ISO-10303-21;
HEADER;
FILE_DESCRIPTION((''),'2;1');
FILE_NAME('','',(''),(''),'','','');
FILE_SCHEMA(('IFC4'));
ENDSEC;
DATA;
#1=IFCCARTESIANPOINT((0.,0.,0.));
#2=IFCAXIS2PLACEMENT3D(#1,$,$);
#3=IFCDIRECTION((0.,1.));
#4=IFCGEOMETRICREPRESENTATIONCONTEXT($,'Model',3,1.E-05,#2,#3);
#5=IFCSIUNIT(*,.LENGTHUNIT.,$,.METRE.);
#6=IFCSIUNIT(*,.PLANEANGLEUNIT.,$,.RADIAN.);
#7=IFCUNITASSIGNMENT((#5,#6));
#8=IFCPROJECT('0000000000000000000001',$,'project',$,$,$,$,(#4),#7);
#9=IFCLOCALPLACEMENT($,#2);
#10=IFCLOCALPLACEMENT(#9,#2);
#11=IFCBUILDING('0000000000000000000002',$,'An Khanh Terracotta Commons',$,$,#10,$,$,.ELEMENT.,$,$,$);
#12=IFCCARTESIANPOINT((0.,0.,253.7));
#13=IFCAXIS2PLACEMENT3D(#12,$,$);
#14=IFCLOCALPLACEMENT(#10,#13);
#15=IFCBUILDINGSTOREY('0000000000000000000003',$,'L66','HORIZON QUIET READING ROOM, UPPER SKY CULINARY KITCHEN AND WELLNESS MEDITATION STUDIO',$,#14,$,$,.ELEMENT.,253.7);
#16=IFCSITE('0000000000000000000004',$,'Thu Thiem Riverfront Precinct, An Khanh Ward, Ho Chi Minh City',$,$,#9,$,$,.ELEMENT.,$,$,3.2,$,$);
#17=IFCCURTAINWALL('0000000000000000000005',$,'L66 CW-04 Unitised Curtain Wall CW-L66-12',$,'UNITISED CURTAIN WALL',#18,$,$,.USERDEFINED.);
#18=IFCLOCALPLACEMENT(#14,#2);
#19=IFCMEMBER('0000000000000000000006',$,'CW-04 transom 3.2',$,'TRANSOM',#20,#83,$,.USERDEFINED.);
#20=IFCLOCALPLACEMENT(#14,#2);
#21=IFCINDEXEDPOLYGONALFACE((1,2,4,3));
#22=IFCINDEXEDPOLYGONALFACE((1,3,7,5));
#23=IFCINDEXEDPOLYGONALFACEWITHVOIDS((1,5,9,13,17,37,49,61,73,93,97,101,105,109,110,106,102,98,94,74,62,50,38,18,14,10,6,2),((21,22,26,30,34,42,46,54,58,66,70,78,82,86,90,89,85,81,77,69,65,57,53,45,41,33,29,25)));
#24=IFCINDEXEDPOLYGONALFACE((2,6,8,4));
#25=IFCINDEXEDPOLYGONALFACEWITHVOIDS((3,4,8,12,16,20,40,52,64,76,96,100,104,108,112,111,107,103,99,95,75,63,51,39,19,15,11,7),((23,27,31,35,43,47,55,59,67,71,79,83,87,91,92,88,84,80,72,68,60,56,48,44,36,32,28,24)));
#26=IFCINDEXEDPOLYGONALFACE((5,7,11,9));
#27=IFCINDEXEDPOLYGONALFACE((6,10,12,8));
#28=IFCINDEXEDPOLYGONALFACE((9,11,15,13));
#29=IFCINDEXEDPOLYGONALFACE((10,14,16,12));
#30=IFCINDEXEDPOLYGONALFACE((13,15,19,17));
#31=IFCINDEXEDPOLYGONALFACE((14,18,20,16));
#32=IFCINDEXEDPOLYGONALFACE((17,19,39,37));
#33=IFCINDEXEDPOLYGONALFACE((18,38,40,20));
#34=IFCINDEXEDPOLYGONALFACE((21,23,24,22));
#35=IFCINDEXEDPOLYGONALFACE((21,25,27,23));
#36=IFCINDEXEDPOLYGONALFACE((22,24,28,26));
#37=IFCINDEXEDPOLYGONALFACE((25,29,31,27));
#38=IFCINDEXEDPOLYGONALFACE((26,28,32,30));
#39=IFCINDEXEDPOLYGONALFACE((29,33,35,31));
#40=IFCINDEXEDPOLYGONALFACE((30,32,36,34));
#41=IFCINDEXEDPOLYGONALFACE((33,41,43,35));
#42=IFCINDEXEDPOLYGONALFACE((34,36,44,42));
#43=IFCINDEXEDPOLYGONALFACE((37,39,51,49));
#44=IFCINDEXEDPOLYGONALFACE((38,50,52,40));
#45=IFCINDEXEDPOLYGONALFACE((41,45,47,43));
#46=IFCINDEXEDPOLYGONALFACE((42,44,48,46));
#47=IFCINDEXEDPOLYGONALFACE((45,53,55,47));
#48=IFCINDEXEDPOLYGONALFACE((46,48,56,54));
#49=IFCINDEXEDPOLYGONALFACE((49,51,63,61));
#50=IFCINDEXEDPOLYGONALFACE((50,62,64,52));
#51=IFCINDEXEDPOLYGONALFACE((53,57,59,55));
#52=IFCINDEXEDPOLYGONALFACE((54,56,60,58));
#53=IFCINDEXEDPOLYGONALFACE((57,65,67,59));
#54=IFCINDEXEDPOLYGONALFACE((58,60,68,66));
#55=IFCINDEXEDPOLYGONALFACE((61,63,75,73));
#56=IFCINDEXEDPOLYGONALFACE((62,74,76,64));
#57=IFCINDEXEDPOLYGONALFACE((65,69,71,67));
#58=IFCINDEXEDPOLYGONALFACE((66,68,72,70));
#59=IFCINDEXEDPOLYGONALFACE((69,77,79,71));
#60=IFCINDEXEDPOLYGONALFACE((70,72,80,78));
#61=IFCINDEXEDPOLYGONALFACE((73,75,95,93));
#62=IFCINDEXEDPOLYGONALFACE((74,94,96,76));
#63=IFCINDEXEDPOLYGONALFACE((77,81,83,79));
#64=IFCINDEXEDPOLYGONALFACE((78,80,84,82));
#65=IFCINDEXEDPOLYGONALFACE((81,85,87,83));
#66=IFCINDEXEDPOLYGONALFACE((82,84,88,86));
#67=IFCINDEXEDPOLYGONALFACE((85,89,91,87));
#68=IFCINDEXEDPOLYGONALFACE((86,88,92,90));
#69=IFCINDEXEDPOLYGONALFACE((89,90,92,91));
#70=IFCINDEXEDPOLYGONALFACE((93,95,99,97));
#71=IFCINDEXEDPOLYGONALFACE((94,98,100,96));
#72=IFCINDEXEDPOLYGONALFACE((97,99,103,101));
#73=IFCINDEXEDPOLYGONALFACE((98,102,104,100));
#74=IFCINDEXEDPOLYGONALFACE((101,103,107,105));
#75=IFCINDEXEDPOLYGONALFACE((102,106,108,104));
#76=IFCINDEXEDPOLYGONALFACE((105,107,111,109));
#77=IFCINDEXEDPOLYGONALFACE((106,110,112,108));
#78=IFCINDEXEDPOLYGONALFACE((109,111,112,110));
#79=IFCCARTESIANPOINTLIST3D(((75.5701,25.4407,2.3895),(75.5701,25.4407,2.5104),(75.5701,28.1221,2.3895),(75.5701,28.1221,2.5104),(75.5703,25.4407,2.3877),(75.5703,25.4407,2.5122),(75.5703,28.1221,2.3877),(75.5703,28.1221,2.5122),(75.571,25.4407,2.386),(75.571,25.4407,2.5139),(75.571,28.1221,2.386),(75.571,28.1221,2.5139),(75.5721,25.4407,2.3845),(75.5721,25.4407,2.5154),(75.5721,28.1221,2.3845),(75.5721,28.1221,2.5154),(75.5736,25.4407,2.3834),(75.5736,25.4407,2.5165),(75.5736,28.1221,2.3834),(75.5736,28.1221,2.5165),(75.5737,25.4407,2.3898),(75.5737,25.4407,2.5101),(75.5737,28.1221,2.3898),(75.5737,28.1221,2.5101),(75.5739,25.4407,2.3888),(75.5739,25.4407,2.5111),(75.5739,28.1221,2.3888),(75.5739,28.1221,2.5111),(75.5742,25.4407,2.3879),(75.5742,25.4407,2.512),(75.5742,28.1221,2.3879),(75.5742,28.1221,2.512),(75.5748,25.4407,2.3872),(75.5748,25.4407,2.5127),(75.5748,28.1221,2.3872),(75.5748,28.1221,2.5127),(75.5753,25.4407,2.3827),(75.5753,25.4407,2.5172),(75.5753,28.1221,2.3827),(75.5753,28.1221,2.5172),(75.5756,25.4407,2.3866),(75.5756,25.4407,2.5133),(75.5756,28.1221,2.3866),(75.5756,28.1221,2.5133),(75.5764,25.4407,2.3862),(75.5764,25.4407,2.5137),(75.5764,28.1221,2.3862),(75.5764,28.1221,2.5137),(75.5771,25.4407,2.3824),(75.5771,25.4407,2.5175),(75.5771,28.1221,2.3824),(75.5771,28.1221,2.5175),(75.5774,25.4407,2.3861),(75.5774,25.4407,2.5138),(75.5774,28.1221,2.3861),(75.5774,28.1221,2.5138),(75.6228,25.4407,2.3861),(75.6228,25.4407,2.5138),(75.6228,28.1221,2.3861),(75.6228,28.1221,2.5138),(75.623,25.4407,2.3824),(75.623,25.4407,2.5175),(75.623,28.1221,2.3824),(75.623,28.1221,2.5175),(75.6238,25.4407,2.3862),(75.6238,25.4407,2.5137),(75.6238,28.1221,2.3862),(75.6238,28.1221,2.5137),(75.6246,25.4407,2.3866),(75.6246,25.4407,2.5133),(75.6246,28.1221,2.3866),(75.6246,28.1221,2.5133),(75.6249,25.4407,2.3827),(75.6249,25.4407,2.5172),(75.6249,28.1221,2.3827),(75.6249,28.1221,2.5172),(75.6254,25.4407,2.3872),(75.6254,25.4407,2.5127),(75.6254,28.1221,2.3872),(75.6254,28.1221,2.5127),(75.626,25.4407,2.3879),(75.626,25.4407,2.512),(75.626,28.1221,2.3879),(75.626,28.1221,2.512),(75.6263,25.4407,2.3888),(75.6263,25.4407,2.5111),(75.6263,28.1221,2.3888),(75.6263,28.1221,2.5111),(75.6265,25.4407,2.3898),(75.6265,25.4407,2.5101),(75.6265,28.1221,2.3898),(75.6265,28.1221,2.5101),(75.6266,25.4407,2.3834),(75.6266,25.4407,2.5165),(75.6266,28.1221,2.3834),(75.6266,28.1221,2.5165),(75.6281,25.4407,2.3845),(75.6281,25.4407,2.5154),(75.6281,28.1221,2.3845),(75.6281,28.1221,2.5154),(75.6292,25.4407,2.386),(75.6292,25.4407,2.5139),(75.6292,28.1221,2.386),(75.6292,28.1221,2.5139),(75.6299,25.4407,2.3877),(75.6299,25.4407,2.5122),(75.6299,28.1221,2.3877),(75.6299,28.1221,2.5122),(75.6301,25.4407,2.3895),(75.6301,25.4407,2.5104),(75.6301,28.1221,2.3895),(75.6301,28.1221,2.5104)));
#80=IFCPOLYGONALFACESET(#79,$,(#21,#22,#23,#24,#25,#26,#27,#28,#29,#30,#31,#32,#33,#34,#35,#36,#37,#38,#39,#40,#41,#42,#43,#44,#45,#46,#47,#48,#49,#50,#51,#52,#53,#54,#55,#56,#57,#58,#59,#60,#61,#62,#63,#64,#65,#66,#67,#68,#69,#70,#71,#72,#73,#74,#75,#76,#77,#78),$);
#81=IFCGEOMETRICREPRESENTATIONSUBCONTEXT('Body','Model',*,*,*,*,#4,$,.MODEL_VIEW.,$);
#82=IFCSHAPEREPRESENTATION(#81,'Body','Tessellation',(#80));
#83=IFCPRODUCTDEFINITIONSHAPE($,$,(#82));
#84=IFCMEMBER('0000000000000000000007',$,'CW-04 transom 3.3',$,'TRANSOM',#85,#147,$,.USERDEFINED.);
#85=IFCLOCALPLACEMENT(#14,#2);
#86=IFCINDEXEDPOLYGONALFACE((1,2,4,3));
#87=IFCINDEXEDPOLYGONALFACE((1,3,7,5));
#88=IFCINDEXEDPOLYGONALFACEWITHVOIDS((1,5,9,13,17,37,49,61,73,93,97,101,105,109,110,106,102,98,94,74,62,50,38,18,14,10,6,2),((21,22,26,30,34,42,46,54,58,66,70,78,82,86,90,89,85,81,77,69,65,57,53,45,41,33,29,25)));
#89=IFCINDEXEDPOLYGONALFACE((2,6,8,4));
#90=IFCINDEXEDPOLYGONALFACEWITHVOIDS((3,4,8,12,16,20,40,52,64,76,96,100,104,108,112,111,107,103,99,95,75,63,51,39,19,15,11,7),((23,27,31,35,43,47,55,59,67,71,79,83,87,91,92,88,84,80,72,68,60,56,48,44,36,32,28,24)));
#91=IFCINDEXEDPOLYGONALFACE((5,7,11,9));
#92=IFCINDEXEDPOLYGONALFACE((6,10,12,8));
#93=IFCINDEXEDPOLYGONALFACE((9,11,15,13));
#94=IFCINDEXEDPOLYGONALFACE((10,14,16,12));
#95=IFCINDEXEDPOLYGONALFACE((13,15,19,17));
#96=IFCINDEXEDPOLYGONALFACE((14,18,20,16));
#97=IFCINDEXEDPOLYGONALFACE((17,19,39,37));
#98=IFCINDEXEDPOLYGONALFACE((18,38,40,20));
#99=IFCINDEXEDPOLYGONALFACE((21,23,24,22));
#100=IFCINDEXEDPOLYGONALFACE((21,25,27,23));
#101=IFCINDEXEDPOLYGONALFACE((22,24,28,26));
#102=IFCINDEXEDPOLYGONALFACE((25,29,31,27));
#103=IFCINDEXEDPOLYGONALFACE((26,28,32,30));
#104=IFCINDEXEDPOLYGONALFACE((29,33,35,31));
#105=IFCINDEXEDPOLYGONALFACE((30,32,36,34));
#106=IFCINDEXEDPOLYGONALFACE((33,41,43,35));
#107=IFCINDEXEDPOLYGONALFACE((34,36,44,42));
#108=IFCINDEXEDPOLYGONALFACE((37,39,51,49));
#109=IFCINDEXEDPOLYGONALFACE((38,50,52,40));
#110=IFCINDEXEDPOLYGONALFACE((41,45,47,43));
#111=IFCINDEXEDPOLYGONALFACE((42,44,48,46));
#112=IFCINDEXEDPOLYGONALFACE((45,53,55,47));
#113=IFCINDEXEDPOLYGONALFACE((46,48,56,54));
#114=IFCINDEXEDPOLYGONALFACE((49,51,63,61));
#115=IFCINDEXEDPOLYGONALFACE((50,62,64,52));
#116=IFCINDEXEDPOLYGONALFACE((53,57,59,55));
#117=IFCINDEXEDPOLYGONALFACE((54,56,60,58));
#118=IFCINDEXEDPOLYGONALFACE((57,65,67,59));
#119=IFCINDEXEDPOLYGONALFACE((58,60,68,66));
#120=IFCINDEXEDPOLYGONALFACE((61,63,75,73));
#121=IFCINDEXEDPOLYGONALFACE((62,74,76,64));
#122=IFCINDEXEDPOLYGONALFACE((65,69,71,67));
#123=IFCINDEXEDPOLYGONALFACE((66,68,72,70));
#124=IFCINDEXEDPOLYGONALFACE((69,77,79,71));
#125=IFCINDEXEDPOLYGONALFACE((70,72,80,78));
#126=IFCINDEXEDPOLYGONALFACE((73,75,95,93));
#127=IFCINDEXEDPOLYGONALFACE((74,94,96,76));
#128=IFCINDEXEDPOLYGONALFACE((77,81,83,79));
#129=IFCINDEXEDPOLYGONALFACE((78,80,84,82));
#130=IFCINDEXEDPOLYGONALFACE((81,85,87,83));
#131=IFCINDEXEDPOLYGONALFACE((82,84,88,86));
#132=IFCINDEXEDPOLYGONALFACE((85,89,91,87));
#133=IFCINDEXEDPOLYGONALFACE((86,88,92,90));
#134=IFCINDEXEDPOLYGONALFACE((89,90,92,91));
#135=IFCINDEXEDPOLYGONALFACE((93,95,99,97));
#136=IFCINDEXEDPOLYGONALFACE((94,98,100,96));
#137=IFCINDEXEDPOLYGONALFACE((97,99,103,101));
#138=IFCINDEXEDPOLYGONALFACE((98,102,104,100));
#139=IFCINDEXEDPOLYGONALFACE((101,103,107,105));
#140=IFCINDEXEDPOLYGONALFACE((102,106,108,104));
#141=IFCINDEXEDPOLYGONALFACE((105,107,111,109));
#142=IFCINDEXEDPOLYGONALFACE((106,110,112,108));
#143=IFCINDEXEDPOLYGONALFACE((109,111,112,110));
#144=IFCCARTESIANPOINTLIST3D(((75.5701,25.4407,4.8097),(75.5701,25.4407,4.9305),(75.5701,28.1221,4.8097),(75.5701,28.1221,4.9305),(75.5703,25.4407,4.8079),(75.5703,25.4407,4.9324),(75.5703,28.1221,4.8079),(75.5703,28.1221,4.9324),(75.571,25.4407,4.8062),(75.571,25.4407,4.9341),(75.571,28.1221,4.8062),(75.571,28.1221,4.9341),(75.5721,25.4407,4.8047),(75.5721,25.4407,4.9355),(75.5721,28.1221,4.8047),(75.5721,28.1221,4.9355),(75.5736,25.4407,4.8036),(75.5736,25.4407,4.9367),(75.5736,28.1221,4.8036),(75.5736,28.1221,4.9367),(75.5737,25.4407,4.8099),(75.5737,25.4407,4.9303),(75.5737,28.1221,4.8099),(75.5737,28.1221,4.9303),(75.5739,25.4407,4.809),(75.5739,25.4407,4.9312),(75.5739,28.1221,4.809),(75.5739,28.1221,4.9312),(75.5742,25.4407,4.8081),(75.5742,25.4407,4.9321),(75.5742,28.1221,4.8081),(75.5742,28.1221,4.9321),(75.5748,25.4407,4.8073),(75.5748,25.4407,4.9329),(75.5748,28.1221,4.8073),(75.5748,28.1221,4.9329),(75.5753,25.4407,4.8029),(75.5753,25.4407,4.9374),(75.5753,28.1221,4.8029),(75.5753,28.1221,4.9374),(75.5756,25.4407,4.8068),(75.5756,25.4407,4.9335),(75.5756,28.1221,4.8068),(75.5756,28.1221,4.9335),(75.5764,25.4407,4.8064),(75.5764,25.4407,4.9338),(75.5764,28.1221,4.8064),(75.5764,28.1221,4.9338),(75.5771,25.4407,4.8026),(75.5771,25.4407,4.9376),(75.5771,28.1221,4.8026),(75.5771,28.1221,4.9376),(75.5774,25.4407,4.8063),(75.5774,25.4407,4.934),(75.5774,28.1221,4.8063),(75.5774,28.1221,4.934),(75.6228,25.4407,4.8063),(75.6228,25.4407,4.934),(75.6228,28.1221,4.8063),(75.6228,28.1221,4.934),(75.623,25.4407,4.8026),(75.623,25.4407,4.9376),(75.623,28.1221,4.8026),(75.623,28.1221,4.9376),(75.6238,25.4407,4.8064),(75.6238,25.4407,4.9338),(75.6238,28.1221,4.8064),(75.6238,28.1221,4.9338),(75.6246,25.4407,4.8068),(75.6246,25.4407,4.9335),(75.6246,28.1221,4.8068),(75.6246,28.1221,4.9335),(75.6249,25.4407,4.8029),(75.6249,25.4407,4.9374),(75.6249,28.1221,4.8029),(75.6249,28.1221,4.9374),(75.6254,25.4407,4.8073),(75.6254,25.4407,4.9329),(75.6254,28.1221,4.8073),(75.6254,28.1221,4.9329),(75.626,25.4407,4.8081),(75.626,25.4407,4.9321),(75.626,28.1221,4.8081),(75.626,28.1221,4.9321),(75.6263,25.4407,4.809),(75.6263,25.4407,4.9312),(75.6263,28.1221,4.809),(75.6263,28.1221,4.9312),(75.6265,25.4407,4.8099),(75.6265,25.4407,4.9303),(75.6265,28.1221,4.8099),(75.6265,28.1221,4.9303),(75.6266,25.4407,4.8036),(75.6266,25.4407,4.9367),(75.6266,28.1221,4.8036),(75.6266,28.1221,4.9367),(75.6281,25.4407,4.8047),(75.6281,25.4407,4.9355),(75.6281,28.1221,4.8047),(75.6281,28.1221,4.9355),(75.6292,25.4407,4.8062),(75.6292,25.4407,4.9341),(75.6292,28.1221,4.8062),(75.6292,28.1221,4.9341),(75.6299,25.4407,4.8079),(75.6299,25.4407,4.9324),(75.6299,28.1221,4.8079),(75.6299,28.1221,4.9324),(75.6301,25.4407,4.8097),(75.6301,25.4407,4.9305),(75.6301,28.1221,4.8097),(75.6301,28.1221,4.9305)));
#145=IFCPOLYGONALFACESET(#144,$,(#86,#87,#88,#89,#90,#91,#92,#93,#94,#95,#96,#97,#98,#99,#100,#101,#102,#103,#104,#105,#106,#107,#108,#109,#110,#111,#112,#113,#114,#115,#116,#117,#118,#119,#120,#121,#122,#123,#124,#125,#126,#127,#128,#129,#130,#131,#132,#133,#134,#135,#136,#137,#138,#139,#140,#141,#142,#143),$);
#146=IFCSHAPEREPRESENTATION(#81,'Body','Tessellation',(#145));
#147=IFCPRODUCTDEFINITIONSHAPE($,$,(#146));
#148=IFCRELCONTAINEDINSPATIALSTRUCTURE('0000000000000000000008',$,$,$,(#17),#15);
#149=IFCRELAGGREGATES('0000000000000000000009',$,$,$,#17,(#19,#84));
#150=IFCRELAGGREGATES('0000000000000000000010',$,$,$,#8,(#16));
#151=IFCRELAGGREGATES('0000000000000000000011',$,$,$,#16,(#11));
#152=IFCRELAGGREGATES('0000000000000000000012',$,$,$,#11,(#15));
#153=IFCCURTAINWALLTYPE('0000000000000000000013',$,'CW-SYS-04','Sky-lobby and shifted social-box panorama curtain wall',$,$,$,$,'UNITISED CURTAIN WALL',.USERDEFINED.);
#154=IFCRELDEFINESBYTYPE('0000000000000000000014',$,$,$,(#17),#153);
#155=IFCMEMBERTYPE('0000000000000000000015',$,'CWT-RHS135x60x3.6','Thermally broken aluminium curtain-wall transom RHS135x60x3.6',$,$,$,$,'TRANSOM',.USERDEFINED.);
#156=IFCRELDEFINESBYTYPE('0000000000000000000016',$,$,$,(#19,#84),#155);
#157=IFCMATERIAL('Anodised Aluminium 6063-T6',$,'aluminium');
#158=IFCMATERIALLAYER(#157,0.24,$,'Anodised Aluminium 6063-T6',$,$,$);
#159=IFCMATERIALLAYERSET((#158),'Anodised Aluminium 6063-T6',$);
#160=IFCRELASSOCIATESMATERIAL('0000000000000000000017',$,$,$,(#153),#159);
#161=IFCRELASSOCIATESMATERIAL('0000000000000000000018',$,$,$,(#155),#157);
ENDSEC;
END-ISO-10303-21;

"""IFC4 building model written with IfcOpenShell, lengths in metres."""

from ifc_helpers import new_model, si_unit, direction, frame, origin, origin_2d, place, context, subcontext, project, spatial, hollow_rectangle, extrude, material, layer, layer_set, material_profile, profile_set, type_object, element, aggregate, save


model = new_model("IFC4")

# Units and contexts
model_context = context("Model", 3, precision=1e-05, world=origin(), true_north=direction((0.0, 1.0)))
body_context = subcontext(model_context, "Body", "Model", "MODEL_VIEW")
ifc_project = project(units=[si_unit("LENGTHUNIT", "METRE"), si_unit("PLANEANGLEUNIT", "RADIAN")], contexts=[model_context])

# Site, building, storey
site_placement = place(None, origin())
site = spatial("IfcSite", under=ifc_project, at=site_placement, Name="Thu Thiem Riverfront Precinct, An Khanh Ward, Ho Chi Minh City", CompositionType="ELEMENT", RefElevation=3.2)
building_placement = place(site_placement, origin())
building = spatial("IfcBuilding", under=site, at=building_placement, Name="An Khanh Terracotta Commons", CompositionType="ELEMENT")
storey_placement = place(building_placement, frame((0.0, 0.0, 253.7)))
storey = spatial("IfcBuildingStorey", under=building, at=storey_placement, Name="L66", Description="HORIZON QUIET READING ROOM, UPPER SKY CULINARY KITCHEN AND WELLNESS MEDITATION STUDIO", CompositionType="ELEMENT", Elevation=253.7)

# Curtain wall
ifc_material_1 = material(Name="Anodised Aluminium 6063-T6", Category="aluminium")
ifc_layer_1 = layer(ifc_material_1, 0.24, Name="Anodised Aluminium 6063-T6")
ifc_layer_set_1 = layer_set([ifc_layer_1], Name="Anodised Aluminium 6063-T6")
curtain_wall_type = type_object("IfcCurtainWallType", Name="CW-SYS-04", Description="Sky-lobby and shifted social-box panorama curtain wall", ElementType="UNITISED CURTAIN WALL", PredefinedType="USERDEFINED", material=ifc_layer_set_1)
curtain_wall_1_placement = place(storey_placement, origin())
curtain_wall_1 = element("IfcCurtainWall", 1, at=curtain_wall_1_placement, inside=storey, type_object=curtain_wall_type, Name="L66 CW-04 Unitised Curtain Wall CW-L66-12", ObjectType="UNITISED CURTAIN WALL", PredefinedType="USERDEFINED")

# Members
ifc_material_profile_1 = material_profile(ifc_material_1, hollow_rectangle(XDim=0.0601, YDim=0.135, WallThickness=0.0037, InnerFilletRadius=0.0037, OuterFilletRadius=0.0071, at=origin_2d()), Name="RHS135x60x3.6")
ifc_profile_set_1 = profile_set([ifc_material_profile_1], Name="Anodised Aluminium 6063-T6")
member_type_1 = type_object("IfcMemberType", Name="CWT-RHS135x60x3.6", Description="Thermally broken aluminium curtain-wall transom RHS135x60x3.6", ElementType="TRANSOM", PredefinedType="USERDEFINED", material=ifc_profile_set_1)
member_1_placement = place(storey_placement, frame((75.6001, 25.4407, 2.45), z_axis=(0.0, 1.0, 0.0), x_axis=(-1.0, 0.0, 0.0)))
member_1 = element("IfcMember", 2, at=member_1_placement, type_object=member_type_1, Name="CW-04 transom 3.2", ObjectType="TRANSOM", PredefinedType="USERDEFINED", context=body_context, shape_type="SweptSolid", body=[
    extrude(hollow_rectangle(XDim=0.0601, YDim=0.135, WallThickness=0.0037, InnerFilletRadius=0.0037, OuterFilletRadius=0.0071, at=origin_2d()), origin(), (0.0, 0.0, 1.0), 2.6814),
])
member_2_placement = place(storey_placement, frame((75.6001, 25.4407, 4.8701), z_axis=(0.0, 1.0, 0.0), x_axis=(-1.0, 0.0, 0.0)))
member_2 = element("IfcMember", 3, at=member_2_placement, type_object=member_type_1, Name="CW-04 transom 3.3", ObjectType="TRANSOM", PredefinedType="USERDEFINED", context=body_context, shape_type="SweptSolid", body=[
    extrude(hollow_rectangle(XDim=0.0601, YDim=0.135, WallThickness=0.0037, InnerFilletRadius=0.0037, OuterFilletRadius=0.0071, at=origin_2d()), origin(), (0.0, 0.0, 1.0), 2.6814),
])

aggregate(curtain_wall_1, [member_1, member_2])

save(model, "model.ifc")
